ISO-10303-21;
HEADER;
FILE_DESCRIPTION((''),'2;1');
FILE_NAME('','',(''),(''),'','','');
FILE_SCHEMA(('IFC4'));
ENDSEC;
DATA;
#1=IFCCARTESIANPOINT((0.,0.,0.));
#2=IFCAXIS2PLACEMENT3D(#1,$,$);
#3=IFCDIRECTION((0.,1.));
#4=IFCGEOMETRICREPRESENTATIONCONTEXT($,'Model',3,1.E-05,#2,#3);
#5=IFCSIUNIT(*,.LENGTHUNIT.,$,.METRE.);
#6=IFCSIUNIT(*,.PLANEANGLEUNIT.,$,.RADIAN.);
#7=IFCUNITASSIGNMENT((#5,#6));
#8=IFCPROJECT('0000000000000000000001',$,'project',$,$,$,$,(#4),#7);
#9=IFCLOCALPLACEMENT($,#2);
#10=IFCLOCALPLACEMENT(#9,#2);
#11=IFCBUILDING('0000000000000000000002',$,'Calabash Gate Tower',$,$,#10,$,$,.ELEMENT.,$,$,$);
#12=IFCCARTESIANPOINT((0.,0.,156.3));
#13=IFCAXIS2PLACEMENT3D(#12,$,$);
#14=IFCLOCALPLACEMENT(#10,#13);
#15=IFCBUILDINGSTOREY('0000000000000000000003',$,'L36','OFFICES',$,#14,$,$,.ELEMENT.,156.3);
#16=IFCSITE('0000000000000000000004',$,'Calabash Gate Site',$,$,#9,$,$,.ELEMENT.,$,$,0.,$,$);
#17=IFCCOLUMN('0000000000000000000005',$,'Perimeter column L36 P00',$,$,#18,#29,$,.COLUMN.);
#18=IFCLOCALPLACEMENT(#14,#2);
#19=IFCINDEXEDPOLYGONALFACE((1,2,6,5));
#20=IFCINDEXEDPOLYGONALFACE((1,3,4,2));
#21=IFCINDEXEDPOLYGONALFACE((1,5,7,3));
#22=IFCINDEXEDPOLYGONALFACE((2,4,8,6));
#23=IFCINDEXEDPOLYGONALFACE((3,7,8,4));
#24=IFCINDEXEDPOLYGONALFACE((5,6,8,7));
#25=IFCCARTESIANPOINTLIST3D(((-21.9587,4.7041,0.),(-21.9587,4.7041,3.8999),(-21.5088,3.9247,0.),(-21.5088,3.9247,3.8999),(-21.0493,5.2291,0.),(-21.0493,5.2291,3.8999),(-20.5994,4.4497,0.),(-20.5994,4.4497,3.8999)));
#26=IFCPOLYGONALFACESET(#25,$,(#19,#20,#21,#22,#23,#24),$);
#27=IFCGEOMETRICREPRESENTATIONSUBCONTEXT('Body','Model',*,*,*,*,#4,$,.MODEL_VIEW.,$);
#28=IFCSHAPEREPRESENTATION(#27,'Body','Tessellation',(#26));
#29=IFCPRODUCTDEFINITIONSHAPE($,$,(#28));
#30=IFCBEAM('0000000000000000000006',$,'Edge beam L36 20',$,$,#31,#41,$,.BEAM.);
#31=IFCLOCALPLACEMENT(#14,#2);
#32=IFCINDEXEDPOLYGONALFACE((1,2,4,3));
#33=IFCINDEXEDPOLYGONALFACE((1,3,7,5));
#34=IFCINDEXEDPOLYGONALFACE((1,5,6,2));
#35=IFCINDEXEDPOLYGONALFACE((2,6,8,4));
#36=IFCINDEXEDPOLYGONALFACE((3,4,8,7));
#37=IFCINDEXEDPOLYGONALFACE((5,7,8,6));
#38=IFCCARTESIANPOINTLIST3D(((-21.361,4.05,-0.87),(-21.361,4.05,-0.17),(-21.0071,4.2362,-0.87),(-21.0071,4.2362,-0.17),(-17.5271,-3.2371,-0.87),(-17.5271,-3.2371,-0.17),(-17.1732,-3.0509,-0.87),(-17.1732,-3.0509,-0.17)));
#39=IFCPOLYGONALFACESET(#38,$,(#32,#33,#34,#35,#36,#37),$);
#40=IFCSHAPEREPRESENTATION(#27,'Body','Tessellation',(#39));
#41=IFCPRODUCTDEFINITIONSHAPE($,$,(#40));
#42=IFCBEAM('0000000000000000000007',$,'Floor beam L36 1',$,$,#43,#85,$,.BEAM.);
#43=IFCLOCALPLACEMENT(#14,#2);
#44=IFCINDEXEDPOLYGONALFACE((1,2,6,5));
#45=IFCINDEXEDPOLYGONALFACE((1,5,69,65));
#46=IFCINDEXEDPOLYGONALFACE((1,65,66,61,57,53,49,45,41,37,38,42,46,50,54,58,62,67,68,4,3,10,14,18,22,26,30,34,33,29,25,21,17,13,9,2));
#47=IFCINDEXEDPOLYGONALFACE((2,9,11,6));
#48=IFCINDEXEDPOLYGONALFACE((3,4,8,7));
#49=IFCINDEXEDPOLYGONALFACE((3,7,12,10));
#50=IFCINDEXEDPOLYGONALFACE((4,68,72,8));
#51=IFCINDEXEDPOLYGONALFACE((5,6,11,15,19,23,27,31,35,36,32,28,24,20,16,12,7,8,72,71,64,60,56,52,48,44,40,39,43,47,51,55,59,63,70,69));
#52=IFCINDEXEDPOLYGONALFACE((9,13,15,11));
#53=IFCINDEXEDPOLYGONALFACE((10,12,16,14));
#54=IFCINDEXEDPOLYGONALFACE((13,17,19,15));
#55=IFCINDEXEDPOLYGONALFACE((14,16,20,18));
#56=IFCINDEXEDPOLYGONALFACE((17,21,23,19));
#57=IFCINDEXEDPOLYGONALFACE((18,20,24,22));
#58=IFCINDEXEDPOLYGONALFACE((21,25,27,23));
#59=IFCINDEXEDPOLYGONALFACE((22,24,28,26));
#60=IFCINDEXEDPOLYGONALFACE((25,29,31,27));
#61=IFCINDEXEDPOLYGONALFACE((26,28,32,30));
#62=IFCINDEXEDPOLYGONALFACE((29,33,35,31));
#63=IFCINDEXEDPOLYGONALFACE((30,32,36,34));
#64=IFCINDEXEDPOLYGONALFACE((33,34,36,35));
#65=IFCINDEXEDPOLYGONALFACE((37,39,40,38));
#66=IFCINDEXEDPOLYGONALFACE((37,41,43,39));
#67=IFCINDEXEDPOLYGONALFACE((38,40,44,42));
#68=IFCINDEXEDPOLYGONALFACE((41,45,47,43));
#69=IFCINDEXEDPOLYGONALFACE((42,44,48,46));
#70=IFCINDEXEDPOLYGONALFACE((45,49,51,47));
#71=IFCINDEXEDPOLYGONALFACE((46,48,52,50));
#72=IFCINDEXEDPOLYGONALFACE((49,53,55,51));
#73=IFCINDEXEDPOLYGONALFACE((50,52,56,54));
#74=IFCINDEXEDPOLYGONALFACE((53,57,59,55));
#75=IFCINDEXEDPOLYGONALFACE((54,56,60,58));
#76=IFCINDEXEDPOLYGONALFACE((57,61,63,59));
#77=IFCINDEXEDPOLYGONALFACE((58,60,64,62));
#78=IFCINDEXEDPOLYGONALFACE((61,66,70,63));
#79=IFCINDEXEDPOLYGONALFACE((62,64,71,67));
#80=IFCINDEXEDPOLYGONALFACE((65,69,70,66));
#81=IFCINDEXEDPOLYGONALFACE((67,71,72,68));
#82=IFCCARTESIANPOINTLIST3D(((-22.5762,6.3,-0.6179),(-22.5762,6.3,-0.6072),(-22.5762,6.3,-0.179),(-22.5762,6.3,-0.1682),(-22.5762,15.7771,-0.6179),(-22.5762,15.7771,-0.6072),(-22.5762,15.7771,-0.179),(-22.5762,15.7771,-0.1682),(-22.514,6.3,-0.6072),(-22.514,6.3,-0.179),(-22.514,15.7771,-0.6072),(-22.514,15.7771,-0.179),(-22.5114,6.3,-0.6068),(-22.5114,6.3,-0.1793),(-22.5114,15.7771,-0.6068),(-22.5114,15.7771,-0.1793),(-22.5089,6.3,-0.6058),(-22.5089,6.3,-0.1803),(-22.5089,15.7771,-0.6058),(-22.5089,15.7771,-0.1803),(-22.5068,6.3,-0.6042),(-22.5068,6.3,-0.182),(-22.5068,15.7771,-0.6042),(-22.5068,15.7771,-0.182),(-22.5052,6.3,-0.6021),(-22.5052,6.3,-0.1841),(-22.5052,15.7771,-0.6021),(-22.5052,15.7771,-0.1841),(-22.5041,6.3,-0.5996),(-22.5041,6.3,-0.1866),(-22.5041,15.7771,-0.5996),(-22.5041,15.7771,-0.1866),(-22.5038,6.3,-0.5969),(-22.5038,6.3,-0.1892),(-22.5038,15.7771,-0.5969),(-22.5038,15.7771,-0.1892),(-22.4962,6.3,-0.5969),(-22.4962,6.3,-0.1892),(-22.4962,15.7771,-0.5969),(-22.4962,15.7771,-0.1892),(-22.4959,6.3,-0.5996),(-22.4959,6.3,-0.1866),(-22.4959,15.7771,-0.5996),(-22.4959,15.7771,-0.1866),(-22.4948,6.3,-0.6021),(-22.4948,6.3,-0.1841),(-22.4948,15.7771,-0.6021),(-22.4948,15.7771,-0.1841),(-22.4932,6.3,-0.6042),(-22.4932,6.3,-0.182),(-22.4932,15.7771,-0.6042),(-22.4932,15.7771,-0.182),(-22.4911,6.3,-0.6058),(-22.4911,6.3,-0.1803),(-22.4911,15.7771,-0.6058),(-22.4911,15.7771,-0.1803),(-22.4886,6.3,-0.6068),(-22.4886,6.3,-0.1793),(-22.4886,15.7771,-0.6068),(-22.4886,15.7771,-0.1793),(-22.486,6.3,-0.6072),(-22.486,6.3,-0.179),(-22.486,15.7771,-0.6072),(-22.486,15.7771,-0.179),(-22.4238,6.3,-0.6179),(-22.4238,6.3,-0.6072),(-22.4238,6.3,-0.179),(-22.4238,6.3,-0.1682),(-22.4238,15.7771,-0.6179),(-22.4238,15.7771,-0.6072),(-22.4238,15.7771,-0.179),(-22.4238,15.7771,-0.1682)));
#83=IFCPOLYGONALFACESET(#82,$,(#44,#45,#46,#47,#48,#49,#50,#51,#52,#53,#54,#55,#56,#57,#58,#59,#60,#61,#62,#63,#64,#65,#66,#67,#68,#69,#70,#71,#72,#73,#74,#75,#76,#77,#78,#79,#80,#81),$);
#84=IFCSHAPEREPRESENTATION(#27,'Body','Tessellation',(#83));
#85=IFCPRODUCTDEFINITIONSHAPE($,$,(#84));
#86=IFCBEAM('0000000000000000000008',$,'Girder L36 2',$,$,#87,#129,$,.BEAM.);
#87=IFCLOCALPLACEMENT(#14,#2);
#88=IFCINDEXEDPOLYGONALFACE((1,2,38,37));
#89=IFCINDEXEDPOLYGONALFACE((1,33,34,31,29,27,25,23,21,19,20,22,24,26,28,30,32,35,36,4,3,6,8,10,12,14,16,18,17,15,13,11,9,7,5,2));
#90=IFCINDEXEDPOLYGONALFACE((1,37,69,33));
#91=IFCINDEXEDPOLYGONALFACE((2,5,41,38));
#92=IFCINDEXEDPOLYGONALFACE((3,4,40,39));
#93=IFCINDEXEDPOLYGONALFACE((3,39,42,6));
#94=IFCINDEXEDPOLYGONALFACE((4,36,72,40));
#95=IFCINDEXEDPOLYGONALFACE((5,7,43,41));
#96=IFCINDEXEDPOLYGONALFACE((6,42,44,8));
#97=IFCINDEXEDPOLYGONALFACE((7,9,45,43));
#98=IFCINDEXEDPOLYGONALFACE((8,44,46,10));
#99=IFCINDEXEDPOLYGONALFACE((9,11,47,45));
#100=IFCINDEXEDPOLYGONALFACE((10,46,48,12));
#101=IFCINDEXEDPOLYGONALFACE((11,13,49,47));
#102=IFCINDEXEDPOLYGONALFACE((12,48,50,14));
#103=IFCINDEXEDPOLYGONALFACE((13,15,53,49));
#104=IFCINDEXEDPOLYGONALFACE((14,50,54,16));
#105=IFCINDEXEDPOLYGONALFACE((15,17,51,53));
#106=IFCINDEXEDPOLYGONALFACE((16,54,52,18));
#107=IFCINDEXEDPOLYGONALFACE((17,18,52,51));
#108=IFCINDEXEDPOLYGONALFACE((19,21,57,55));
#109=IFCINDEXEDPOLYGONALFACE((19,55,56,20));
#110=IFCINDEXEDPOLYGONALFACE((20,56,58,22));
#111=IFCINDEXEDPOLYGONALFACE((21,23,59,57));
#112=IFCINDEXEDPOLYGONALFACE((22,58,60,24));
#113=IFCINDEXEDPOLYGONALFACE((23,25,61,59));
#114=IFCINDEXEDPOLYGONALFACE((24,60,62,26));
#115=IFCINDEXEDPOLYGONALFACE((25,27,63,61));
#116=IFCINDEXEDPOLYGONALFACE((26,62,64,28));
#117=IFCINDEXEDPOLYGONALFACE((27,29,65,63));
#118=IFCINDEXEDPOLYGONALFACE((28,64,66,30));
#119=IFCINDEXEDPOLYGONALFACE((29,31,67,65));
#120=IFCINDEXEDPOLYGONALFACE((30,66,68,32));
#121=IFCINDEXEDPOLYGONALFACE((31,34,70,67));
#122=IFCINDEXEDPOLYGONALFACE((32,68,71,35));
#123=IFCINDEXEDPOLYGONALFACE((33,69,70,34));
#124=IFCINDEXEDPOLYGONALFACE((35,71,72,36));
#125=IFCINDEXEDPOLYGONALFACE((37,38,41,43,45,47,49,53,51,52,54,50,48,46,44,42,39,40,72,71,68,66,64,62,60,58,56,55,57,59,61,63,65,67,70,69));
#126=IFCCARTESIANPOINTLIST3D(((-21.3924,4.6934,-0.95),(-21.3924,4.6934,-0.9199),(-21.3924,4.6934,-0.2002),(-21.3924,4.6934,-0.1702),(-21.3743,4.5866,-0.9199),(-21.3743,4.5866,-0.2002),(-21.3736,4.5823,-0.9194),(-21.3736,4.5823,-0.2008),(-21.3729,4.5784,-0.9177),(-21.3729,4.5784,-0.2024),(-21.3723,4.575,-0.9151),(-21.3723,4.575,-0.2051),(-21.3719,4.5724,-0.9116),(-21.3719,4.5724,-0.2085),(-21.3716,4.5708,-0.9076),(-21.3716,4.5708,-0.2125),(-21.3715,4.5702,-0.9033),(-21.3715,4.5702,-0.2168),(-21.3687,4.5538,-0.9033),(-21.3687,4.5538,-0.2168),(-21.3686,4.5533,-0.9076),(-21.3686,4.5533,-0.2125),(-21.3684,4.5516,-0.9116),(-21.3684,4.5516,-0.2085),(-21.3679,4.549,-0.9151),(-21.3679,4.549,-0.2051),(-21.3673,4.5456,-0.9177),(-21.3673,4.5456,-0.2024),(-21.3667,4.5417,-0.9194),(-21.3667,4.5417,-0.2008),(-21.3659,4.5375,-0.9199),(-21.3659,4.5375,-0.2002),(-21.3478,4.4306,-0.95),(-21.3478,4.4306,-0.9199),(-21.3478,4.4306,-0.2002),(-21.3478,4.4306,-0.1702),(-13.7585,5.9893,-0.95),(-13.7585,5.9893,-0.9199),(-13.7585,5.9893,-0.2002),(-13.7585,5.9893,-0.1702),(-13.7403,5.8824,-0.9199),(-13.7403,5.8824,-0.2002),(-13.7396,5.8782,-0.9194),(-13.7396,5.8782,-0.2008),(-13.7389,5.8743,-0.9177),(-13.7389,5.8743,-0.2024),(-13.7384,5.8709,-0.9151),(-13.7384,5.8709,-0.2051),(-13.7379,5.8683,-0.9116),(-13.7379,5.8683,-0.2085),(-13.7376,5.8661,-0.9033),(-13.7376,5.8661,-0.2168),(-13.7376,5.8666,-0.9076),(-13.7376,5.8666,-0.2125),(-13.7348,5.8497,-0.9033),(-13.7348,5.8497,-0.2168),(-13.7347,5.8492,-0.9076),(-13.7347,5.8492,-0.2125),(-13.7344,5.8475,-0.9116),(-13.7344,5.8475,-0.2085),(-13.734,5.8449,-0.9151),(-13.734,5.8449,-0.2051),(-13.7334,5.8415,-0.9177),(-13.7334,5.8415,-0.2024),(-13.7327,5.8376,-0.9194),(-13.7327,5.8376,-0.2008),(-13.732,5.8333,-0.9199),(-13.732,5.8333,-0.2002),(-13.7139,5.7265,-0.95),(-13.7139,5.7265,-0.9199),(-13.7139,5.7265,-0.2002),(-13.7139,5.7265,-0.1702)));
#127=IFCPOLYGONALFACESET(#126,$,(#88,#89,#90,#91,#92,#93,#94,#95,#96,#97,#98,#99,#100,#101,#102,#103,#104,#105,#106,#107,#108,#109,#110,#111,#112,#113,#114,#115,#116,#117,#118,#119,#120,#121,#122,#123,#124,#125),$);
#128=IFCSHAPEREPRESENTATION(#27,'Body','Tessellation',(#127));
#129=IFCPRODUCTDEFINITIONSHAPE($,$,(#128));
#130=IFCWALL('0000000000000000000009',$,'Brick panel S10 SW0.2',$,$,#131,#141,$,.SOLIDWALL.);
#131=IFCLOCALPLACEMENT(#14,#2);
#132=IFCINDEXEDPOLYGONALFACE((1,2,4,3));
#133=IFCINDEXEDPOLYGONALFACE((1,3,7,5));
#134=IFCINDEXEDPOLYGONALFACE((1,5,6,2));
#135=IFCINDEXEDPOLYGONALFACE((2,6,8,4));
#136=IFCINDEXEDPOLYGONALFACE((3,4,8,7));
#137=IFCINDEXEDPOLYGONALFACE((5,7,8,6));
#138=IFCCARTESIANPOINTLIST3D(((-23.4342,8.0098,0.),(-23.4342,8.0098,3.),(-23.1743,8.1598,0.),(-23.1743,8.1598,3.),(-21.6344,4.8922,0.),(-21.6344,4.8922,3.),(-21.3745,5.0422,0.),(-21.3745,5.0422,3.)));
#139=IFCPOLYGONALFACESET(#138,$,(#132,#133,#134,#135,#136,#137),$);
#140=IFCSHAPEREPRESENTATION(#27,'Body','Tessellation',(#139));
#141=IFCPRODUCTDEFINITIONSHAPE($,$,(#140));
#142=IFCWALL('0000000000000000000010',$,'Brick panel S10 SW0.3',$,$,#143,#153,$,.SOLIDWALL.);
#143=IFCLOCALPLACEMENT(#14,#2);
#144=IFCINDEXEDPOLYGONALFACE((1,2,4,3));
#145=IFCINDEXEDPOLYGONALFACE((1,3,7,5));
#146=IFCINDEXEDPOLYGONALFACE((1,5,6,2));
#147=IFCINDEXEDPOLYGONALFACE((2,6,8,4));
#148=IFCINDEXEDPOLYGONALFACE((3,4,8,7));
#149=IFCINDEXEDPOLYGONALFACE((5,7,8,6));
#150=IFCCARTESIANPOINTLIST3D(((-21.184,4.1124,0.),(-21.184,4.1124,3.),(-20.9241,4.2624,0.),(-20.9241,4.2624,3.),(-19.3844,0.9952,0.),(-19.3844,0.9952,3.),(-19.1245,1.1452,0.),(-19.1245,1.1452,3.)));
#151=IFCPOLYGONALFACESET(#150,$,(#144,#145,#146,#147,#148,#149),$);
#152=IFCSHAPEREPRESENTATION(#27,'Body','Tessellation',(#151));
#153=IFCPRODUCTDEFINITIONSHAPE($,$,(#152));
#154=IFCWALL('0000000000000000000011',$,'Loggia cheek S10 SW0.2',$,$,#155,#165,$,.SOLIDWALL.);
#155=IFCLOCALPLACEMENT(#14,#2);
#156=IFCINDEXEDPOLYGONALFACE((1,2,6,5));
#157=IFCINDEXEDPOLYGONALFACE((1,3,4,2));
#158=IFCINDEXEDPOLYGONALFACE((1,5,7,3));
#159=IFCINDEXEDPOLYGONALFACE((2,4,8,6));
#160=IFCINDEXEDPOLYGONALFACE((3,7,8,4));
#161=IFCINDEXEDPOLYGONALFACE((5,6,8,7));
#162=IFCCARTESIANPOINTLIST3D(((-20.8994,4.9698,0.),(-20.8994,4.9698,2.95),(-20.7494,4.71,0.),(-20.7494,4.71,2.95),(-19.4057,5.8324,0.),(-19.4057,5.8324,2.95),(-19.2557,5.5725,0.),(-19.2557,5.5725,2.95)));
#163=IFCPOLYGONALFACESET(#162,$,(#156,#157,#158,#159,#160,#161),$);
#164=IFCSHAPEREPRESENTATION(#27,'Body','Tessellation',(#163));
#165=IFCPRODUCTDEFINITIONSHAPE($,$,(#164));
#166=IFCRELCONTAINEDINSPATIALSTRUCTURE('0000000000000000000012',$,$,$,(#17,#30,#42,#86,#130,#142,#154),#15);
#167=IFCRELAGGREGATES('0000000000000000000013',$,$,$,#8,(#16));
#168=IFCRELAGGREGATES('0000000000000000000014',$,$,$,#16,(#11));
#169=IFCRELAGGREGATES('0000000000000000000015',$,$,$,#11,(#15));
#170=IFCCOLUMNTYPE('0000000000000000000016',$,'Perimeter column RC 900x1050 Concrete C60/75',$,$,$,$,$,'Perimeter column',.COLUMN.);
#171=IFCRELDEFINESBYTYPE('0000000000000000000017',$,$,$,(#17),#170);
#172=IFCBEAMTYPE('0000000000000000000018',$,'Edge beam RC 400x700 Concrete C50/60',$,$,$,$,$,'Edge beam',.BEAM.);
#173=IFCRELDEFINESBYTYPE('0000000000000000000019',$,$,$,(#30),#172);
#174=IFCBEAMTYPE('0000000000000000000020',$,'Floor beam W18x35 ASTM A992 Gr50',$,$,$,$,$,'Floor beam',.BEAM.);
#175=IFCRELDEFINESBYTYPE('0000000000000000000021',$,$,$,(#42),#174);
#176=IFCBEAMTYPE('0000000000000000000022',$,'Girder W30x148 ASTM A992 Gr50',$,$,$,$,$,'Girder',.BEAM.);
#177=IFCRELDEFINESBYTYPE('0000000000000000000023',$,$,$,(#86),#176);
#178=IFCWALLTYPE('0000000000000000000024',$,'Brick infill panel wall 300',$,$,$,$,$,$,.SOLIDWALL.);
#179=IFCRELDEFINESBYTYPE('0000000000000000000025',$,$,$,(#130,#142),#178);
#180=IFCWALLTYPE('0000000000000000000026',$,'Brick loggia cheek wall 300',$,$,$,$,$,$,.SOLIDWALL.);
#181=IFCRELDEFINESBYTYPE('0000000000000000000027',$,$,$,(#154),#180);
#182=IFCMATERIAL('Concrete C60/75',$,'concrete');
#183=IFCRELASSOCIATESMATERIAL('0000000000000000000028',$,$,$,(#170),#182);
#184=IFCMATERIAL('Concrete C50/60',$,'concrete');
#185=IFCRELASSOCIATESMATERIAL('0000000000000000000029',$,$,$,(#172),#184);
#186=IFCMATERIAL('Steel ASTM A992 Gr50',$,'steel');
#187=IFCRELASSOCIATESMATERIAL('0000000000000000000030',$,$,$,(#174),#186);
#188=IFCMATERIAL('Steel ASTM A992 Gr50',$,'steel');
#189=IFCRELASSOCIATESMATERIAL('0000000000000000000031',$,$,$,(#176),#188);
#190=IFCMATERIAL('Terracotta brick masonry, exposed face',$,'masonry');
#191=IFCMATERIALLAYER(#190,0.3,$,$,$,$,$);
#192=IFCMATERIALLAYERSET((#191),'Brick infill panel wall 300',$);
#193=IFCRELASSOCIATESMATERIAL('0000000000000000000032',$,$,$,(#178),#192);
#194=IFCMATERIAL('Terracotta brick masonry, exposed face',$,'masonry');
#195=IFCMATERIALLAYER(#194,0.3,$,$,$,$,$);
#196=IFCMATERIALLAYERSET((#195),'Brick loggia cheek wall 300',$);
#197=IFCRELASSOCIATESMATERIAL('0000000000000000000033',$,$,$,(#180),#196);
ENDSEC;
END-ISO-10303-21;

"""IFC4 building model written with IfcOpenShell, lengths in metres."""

from ifc_helpers import new_model, si_unit, direction, frame, frame_2d, origin, origin_2d, place, context, subcontext, project, spatial, rectangle, i_section, extrude, material, layer, layer_set, material_profile, profile_set, type_object, element, save


model = new_model("IFC4")

# Units and contexts
model_context = context("Model", 3, precision=1e-05, world=origin(), true_north=direction((0.0, 1.0)))
body_context = subcontext(model_context, "Body", "Model", "MODEL_VIEW")
ifc_project = project(units=[si_unit("LENGTHUNIT", "METRE"), si_unit("PLANEANGLEUNIT", "RADIAN")], contexts=[model_context])

# Site, building, storey
site_placement = place(None, origin())
site = spatial("IfcSite", under=ifc_project, at=site_placement, Name="Calabash Gate Site", CompositionType="ELEMENT", RefElevation=0.0)
building_placement = place(site_placement, origin())
building = spatial("IfcBuilding", under=site, at=building_placement, Name="Calabash Gate Tower", CompositionType="ELEMENT")
storey_placement = place(building_placement, frame((0.0, 0.0, 156.3)))
storey = spatial("IfcBuildingStorey", under=building, at=storey_placement, Name="L36", Description="OFFICES", CompositionType="ELEMENT", Elevation=156.3)

# Column
ifc_material_1 = material(Name="Concrete C60/75", Category="concrete")
ifc_material_profile_1 = material_profile(ifc_material_1, rectangle(XDim=0.8999, YDim=1.05, at=origin_2d()))
ifc_profile_set_1 = profile_set([ifc_material_profile_1], Name="Concrete C60/75")
column_type = type_object("IfcColumnType", Name="Perimeter column RC 900x1050 Concrete C60/75", ElementType="Perimeter column", PredefinedType="COLUMN", material=ifc_profile_set_1)
column_placement = place(storey_placement, frame((-21.2791, 4.5769, 0.0), z_axis=(0.0, 0.0, 1.0), x_axis=(0.5, -0.866025, 0.0)))
element("IfcColumn", 1, at=column_placement, inside=storey, type_object=column_type, Name="Perimeter column L36 P00", PredefinedType="COLUMN", context=body_context, shape_type="SweptSolid", body=[
    extrude(rectangle(XDim=0.8999, YDim=1.05, at=origin_2d()), origin(), (0.0, 0.0, 1.0), 3.8999),
])

# Beams
ifc_material_2 = material(Name="Concrete C50/60", Category="concrete")
ifc_material_profile_2 = material_profile(ifc_material_2, rectangle(XDim=0.3999, YDim=0.7, at=origin_2d()))
ifc_profile_set_2 = profile_set([ifc_material_profile_2], Name="Concrete C50/60")
beam_type_1 = type_object("IfcBeamType", Name="Edge beam RC 400x700 Concrete C50/60", ElementType="Edge beam", PredefinedType="BEAM", material=ifc_profile_set_2)
beam_1_placement = place(storey_placement, frame((-21.1841, 4.1431, -0.52), z_axis=(0.465619, -0.884985, 0.0), x_axis=(0.884985, 0.465619, 0.0)))
element("IfcBeam", 2, at=beam_1_placement, inside=storey, type_object=beam_type_1, Name="Edge beam L36 20", PredefinedType="BEAM", context=body_context, shape_type="SweptSolid", body=[
    extrude(rectangle(XDim=0.3999, YDim=0.7, at=origin_2d()), origin(), (0.0, 0.0, 1.0), 8.2341),
])
ifc_material_3 = material(Name="Steel ASTM A992 Gr50", Category="steel")
ifc_material_profile_3 = material_profile(ifc_material_3, i_section(OverallWidth=0.1523, OverallDepth=0.4497, WebThickness=0.0076, FlangeThickness=0.0107, FilletRadius=0.0103, at=origin_2d()))
ifc_profile_set_3 = profile_set([ifc_material_profile_3], Name="Steel ASTM A992 Gr50")
beam_type_2 = type_object("IfcBeamType", Name="Floor beam W18x35 ASTM A992 Gr50", ElementType="Floor beam", PredefinedType="BEAM", material=ifc_profile_set_3)
beam_2_placement = place(storey_placement, frame((-22.5, 6.3, -0.3931), z_axis=(0.0, 1.0, 0.0), x_axis=(-1.0, 0.0, 0.0)))
element("IfcBeam", 3, at=beam_2_placement, inside=storey, type_object=beam_type_2, Name="Floor beam L36 1", PredefinedType="BEAM", context=body_context, shape_type="SweptSolid", body=[
    extrude(i_section(OverallWidth=0.1523, OverallDepth=0.4497, WebThickness=0.0076, FlangeThickness=0.0107, FilletRadius=0.0103, at=origin_2d()), origin(), (0.0, 0.0, 1.0), 9.4771),
])
ifc_material_4 = material(Name="Steel ASTM A992 Gr50", Category="steel")
ifc_material_profile_4 = material_profile(ifc_material_4, i_section(OverallWidth=0.2666, OverallDepth=0.7798, WebThickness=0.0166, FlangeThickness=0.03, FilletRadius=0.0166, at=origin_2d()))
ifc_profile_set_4 = profile_set([ifc_material_profile_4], Name="Steel ASTM A992 Gr50")
beam_type_3 = type_object("IfcBeamType", Name="Girder W30x148 ASTM A992 Gr50", ElementType="Girder", PredefinedType="BEAM", material=ifc_profile_set_4)
beam_3_placement = place(storey_placement, frame((-21.3701, 4.562, -0.5601), z_axis=(0.985896, 0.167359, 0.0), x_axis=(-0.167359, 0.985896, 0.0)))
element("IfcBeam", 4, at=beam_3_placement, inside=storey, type_object=beam_type_3, Name="Girder L36 2", PredefinedType="BEAM", context=body_context, shape_type="SweptSolid", body=[
    extrude(i_section(OverallWidth=0.2666, OverallDepth=0.7798, WebThickness=0.0166, FlangeThickness=0.03, FilletRadius=0.0166, at=origin_2d()), origin(), (0.0, 0.0, 1.0), 7.7432),
])

# Walls
ifc_material_5 = material(Name="Terracotta brick masonry, exposed face", Category="masonry")
ifc_layer_1 = layer(ifc_material_5, 0.3)
ifc_layer_set_1 = layer_set([ifc_layer_1], Name="Brick infill panel wall 300")
wall_type_1 = type_object("IfcWallType", Name="Brick infill panel wall 300", PredefinedType="SOLIDWALL", material=ifc_layer_set_1)
wall_1_placement = place(storey_placement, frame((-23.3042, 8.0847, 0.0), z_axis=(0.0, 0.0, 1.0), x_axis=(0.499961, -0.866048, 0.0)))
element("IfcWall", 5, at=wall_1_placement, inside=storey, type_object=wall_type_1, Name="Brick panel S10 SW0.2", PredefinedType="SOLIDWALL", context=body_context, shape_type="SweptSolid", body=[
    extrude(rectangle(XDim=3.5999, YDim=0.3, at=frame_2d((1.7998, 0.0))), origin(), (0.0, 0.0, 1.0), 3.0),
])
wall_2_placement = place(storey_placement, frame((-19.2544, 1.0701, 0.0), z_axis=(0.0, 0.0, 1.0), x_axis=(-0.499969, 0.866043, 0.0)))
element("IfcWall", 6, at=wall_2_placement, inside=storey, type_object=wall_type_1, Name="Brick panel S10 SW0.3", PredefinedType="SOLIDWALL", context=body_context, shape_type="SweptSolid", body=[
    extrude(rectangle(XDim=3.5994, YDim=0.3, at=frame_2d((1.7998, 0.0))), origin(), (0.0, 0.0, 1.0), 3.0),
])
ifc_material_6 = material(Name="Terracotta brick masonry, exposed face", Category="masonry")
ifc_layer_2 = layer(ifc_material_6, 0.3)
ifc_layer_set_2 = layer_set([ifc_layer_2], Name="Brick loggia cheek wall 300")
wall_type_2 = type_object("IfcWallType", Name="Brick loggia cheek wall 300", PredefinedType="SOLIDWALL", material=ifc_layer_set_2)
wall_3_placement = place(storey_placement, frame((-19.3308, 5.7024, 0.0), z_axis=(0.0, 0.0, 1.0), x_axis=(-0.865978, -0.500082, 0.0)))
element("IfcWall", 7, at=wall_3_placement, inside=storey, type_object=wall_type_2, Name="Loggia cheek S10 SW0.2", PredefinedType="SOLIDWALL", context=body_context, shape_type="SweptSolid", body=[
    extrude(rectangle(XDim=1.7249, YDim=0.3, at=frame_2d((0.8623, 0.0))), origin(), (0.0, 0.0, 1.0), 2.95),
])

save(model, "model.ifc")
